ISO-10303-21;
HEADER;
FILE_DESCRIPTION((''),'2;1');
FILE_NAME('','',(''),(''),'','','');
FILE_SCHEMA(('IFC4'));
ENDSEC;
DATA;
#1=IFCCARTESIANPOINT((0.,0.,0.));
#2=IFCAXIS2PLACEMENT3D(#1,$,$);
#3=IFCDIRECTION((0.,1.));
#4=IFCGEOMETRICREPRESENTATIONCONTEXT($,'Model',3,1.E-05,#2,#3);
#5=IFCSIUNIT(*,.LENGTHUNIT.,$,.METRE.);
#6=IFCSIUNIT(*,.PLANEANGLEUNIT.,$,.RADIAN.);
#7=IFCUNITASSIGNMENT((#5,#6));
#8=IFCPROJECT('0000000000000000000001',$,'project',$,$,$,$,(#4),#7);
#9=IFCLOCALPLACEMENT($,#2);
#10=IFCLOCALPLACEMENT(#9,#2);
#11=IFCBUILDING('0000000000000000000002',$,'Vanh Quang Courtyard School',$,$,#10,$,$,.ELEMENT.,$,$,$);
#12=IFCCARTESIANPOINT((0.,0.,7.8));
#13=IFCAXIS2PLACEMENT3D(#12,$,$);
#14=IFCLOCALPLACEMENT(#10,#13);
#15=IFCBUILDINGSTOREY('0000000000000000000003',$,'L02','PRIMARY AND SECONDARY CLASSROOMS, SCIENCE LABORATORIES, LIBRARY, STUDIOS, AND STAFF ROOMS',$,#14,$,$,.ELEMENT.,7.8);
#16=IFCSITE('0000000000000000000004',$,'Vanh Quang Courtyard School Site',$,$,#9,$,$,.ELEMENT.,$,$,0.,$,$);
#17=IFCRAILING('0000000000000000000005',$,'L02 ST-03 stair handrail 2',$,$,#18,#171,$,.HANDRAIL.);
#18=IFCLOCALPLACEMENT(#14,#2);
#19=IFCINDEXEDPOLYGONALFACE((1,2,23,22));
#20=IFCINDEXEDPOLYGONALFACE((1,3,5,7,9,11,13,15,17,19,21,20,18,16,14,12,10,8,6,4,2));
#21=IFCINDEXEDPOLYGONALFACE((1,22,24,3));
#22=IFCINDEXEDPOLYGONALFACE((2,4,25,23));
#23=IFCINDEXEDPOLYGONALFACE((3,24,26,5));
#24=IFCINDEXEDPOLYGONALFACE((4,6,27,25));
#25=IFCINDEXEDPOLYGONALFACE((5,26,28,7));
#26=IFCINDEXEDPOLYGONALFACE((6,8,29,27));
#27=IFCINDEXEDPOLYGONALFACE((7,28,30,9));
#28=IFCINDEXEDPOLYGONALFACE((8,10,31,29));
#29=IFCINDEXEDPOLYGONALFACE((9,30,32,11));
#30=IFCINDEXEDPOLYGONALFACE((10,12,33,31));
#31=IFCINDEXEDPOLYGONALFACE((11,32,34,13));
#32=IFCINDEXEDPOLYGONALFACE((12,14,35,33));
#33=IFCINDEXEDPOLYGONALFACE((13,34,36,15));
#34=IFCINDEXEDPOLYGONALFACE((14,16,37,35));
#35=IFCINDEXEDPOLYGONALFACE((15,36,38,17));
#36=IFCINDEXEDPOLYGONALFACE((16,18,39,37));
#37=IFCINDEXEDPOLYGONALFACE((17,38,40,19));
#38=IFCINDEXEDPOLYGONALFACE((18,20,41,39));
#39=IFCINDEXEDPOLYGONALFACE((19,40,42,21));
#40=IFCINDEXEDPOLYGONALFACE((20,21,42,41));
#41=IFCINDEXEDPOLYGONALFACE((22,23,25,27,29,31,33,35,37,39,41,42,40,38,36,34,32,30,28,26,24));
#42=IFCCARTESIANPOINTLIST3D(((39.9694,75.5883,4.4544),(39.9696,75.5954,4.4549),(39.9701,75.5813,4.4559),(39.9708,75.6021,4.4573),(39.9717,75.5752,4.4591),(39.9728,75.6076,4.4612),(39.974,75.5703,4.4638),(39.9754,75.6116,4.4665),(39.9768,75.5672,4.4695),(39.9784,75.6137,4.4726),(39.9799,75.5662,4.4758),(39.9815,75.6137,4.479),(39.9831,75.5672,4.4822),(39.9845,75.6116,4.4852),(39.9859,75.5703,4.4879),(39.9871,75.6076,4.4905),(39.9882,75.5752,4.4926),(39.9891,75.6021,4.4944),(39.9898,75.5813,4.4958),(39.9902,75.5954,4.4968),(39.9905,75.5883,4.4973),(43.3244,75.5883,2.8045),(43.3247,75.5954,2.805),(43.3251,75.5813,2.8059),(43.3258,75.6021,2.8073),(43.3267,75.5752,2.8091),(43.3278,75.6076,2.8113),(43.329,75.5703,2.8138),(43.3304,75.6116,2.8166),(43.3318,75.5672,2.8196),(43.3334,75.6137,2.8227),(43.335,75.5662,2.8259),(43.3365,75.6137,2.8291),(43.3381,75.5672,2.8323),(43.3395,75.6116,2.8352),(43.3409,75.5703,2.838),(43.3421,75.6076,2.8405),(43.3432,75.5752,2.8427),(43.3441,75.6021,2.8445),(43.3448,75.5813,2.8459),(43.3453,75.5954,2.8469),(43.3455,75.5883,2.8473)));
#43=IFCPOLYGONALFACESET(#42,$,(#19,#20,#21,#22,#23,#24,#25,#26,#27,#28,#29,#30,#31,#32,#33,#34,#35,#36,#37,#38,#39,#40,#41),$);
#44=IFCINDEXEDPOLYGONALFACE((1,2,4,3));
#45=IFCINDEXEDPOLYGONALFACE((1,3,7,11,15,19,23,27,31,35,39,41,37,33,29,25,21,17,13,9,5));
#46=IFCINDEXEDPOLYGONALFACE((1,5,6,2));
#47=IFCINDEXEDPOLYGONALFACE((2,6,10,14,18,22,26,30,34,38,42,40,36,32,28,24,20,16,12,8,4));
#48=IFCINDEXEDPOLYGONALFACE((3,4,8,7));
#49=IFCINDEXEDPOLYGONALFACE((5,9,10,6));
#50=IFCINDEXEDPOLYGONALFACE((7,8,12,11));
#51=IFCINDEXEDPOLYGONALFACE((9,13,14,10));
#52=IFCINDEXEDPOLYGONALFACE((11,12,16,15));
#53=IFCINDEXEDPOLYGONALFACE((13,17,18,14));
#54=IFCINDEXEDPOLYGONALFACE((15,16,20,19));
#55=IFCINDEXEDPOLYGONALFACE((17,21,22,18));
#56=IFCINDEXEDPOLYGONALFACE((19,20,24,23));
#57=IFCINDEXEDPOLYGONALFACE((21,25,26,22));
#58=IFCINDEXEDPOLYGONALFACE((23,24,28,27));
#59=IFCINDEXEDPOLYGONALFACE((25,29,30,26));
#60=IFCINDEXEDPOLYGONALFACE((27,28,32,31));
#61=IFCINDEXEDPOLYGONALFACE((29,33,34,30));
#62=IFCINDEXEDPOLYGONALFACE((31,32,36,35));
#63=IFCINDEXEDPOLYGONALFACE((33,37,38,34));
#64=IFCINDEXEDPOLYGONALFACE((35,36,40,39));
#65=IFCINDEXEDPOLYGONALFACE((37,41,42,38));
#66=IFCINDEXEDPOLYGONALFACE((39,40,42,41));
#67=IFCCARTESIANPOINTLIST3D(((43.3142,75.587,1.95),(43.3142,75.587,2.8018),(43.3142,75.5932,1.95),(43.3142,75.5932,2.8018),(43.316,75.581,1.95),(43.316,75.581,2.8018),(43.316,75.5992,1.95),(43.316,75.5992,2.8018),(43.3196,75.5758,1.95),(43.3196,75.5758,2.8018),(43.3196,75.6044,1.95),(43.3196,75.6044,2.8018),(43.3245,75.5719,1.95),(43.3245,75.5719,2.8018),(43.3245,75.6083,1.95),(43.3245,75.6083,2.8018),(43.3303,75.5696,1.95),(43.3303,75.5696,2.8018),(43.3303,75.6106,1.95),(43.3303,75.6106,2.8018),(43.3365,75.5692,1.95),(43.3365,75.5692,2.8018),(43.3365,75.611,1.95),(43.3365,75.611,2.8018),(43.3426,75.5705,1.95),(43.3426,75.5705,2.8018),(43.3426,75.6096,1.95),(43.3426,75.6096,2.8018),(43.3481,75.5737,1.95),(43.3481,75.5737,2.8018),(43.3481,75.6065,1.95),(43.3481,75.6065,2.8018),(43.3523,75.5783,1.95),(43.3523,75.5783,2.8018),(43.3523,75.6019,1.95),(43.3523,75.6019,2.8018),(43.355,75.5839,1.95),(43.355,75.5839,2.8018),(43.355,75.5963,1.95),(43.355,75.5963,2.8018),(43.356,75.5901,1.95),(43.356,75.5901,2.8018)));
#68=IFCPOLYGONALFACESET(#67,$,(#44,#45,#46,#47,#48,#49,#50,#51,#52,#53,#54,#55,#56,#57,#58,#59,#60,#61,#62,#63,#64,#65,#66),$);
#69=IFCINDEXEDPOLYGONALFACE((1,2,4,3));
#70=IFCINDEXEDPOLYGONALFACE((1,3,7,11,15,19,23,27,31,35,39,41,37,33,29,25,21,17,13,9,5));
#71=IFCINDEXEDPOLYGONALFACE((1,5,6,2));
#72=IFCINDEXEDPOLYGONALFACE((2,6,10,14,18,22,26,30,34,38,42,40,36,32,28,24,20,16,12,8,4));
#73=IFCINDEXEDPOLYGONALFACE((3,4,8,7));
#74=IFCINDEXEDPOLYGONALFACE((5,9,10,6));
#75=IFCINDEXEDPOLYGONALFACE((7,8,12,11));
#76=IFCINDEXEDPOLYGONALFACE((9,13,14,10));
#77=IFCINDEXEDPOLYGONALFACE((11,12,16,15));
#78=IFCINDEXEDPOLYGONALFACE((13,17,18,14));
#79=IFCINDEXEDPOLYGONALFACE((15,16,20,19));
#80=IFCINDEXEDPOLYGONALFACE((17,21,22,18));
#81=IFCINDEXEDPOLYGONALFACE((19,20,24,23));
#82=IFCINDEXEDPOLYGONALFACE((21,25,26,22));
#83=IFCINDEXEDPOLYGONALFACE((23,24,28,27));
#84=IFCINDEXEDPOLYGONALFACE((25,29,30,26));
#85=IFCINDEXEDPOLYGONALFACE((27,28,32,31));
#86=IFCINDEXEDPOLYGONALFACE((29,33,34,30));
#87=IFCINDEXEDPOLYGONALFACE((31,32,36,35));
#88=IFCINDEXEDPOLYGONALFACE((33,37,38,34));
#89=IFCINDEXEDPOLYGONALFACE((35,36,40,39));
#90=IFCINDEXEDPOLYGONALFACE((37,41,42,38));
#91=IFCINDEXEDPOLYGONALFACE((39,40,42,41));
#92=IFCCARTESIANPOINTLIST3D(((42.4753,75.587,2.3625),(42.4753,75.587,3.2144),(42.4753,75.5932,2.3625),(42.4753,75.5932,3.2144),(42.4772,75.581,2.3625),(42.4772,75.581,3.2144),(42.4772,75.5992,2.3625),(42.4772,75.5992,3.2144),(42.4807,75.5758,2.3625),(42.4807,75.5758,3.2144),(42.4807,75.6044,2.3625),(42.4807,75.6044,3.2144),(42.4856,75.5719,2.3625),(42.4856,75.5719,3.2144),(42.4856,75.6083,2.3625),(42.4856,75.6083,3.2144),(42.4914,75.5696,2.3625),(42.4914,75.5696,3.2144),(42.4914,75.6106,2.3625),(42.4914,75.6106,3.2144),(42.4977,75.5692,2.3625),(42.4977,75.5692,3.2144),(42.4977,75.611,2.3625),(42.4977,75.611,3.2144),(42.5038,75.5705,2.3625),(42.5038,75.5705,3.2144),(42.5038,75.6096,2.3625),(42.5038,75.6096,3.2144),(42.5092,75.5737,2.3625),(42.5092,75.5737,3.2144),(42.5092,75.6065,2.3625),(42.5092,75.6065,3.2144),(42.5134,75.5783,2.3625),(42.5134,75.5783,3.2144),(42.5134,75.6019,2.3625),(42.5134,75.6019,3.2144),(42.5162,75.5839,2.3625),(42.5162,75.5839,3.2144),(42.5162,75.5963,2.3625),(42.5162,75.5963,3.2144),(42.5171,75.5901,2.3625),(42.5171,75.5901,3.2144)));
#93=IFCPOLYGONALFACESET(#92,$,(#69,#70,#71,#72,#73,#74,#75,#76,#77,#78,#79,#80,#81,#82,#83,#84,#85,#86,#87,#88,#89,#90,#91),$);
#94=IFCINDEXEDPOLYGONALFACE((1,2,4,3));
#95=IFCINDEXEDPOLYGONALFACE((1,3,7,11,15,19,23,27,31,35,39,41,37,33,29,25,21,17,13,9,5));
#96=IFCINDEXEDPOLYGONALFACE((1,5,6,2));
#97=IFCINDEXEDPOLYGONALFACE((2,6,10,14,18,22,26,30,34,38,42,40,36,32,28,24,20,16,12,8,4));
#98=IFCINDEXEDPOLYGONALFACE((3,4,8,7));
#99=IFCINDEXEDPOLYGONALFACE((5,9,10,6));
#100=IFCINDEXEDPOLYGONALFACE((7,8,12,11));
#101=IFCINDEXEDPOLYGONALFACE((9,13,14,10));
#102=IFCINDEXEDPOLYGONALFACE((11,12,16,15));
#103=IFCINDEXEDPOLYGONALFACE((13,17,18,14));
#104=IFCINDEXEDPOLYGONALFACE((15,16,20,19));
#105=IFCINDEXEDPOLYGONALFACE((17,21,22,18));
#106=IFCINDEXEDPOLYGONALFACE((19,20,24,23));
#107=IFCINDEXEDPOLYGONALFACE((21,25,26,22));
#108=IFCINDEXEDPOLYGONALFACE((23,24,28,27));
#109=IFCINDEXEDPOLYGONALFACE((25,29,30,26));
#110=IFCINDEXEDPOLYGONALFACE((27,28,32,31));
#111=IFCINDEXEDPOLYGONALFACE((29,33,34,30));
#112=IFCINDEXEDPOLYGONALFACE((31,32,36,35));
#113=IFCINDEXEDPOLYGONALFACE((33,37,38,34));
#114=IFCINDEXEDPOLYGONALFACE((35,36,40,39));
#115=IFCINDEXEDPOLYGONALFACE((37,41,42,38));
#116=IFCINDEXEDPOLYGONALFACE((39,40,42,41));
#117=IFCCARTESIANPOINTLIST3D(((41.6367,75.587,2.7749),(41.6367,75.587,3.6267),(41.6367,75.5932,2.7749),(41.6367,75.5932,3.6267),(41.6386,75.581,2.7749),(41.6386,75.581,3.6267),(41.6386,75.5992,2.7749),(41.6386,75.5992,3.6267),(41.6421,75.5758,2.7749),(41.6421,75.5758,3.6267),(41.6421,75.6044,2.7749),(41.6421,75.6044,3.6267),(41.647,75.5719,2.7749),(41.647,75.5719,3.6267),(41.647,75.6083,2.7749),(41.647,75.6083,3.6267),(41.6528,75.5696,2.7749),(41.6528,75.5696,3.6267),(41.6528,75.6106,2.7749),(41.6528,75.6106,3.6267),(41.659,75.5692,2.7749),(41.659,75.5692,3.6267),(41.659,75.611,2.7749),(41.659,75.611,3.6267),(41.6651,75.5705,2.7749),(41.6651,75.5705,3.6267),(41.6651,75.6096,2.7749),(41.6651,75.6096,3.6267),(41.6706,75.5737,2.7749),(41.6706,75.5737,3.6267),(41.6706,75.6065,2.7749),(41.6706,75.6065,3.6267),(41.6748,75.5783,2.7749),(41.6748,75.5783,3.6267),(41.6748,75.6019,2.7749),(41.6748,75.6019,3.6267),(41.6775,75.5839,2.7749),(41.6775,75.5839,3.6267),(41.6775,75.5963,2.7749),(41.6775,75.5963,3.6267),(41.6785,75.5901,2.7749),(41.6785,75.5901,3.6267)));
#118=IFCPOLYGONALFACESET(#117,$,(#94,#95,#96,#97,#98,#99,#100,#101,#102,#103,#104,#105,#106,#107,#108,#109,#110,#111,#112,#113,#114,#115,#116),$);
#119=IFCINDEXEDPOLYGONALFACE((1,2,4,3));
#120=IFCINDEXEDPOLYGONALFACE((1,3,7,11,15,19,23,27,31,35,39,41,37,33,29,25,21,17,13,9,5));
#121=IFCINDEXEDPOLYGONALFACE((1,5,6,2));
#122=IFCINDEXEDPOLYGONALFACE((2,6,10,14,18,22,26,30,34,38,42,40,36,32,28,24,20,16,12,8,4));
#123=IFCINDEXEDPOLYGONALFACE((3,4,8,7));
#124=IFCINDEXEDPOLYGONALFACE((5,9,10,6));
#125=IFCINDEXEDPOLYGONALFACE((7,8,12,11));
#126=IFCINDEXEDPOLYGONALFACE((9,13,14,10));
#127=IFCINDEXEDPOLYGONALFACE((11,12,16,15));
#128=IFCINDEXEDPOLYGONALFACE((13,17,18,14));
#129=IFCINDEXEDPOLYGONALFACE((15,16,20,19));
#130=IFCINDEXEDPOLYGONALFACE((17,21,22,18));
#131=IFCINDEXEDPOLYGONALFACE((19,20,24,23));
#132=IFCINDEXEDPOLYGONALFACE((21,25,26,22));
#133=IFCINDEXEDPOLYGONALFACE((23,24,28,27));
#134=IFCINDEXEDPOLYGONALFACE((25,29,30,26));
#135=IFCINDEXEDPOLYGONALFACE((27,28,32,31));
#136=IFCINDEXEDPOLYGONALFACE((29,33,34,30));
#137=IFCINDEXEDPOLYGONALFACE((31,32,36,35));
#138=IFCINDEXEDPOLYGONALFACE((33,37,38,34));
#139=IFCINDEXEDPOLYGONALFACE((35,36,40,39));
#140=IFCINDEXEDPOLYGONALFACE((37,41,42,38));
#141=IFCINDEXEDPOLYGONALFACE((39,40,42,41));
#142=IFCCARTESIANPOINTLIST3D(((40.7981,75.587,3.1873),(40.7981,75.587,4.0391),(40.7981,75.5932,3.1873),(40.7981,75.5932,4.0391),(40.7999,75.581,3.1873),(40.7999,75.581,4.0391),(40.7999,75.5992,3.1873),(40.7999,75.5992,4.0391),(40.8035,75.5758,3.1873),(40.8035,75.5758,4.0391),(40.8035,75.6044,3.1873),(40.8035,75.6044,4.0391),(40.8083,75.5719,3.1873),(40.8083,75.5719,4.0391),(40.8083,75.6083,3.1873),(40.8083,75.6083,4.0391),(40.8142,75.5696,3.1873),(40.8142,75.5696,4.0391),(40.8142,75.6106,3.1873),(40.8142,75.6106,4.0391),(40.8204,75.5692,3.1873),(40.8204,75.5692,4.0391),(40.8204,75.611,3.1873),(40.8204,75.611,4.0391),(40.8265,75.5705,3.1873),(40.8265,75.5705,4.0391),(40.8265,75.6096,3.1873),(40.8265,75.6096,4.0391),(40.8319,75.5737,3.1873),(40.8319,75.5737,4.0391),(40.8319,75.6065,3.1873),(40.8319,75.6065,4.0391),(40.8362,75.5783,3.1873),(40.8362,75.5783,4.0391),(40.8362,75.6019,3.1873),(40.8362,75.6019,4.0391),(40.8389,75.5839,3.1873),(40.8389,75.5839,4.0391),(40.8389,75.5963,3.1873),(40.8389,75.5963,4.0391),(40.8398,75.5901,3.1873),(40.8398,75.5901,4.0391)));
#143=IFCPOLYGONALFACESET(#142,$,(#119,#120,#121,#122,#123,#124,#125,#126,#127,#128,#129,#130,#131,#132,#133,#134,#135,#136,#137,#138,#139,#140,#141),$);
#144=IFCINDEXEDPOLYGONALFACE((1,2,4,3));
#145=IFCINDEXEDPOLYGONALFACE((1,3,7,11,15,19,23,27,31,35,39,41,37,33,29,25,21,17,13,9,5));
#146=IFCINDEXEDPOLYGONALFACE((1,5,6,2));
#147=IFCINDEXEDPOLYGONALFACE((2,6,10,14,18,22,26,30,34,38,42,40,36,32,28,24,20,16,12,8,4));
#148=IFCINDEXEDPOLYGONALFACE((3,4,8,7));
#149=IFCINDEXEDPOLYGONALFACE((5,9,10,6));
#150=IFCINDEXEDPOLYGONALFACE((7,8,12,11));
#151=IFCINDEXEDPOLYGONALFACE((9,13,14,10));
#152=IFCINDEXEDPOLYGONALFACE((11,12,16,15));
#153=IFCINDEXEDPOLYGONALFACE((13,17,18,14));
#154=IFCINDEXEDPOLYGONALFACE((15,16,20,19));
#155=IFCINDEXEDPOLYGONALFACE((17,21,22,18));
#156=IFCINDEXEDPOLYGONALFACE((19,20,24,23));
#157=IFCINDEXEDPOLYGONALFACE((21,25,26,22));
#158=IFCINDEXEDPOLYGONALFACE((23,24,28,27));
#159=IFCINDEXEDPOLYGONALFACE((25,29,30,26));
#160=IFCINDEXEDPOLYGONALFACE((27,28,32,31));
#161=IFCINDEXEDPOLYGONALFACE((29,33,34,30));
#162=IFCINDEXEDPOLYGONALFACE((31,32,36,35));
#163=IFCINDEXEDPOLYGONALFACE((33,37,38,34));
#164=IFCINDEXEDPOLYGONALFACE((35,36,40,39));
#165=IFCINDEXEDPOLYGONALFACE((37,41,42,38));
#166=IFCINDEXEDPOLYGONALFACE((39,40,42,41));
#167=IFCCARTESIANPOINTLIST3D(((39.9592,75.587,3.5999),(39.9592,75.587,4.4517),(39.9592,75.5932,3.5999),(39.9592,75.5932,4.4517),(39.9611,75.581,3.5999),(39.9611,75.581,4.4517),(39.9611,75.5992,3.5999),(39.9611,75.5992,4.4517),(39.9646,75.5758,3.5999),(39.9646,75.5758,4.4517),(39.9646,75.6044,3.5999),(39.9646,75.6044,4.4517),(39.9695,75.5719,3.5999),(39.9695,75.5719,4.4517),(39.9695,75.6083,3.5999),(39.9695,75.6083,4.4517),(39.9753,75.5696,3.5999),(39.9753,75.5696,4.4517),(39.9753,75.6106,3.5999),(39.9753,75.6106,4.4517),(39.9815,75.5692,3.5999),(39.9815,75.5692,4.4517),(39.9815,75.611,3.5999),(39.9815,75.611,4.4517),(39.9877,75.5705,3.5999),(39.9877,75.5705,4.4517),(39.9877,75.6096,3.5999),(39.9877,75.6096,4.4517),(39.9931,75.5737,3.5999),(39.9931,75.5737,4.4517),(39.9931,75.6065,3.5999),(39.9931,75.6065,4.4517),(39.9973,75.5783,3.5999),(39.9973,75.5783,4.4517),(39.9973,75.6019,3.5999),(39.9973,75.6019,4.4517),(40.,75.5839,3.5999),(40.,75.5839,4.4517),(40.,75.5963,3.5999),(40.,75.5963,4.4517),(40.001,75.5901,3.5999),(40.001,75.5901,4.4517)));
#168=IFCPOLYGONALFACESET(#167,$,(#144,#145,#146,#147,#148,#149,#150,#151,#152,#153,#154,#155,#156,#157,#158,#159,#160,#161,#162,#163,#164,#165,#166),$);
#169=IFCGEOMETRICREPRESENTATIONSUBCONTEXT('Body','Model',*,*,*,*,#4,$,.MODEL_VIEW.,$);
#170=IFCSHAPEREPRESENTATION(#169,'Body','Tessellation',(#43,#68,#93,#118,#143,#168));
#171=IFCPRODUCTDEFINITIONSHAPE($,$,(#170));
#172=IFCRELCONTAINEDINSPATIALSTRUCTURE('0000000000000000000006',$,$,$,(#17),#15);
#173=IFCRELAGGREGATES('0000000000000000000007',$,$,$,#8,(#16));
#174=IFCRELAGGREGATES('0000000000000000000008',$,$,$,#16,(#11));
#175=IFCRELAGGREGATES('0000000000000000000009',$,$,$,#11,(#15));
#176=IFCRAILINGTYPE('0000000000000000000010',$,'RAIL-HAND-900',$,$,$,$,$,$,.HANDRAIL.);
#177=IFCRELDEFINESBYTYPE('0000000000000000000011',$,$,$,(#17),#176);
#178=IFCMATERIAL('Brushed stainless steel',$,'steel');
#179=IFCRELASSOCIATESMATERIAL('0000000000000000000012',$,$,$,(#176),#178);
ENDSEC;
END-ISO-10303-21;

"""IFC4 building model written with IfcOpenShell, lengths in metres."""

from ifc_helpers import new_model, si_unit, direction, frame, origin, origin_2d, place, context, subcontext, project, spatial, circle, extrude, material, type_object, element, save


model = new_model("IFC4")

# Units and contexts
model_context = context("Model", 3, precision=1e-05, world=origin(), true_north=direction((0.0, 1.0)))
body_context = subcontext(model_context, "Body", "Model", "MODEL_VIEW")
ifc_project = project(units=[si_unit("LENGTHUNIT", "METRE"), si_unit("PLANEANGLEUNIT", "RADIAN")], contexts=[model_context])

# Site, building, storey
site_placement = place(None, origin())
site = spatial("IfcSite", under=ifc_project, at=site_placement, Name="Vanh Quang Courtyard School Site", CompositionType="ELEMENT", RefElevation=0.0)
building_placement = place(site_placement, origin())
building = spatial("IfcBuilding", under=site, at=building_placement, Name="Vanh Quang Courtyard School", CompositionType="ELEMENT")
storey_placement = place(building_placement, frame((0.0, 0.0, 7.8)))
storey = spatial("IfcBuildingStorey", under=building, at=storey_placement, Name="L02", Description="PRIMARY AND SECONDARY CLASSROOMS, SCIENCE LABORATORIES, LIBRARY, STUDIOS, AND STAFF ROOMS", CompositionType="ELEMENT", Elevation=7.8)

# Railing
ifc_material_1 = material(Name="Brushed stainless steel", Category="steel")
railing_type_1 = type_object("IfcRailingType", Name="RAIL-HAND-900", PredefinedType="HANDRAIL", material=ifc_material_1)
railing_1_placement = place(storey_placement, frame((43.335, 75.5901, 1.95)))
element("IfcRailing", 1, at=railing_1_placement, inside=storey, type_object=railing_type_1, Name="L02 ST-03 stair handrail 2", PredefinedType="HANDRAIL", context=body_context, shape_type="SweptSolid", body=[
    extrude(circle(Radius=0.0239, at=origin_2d()), frame((0.0, 0.0, 0.876), z_axis=(-0.897359, 0.0, 0.441301), x_axis=(0.0, -1.0, 0.0)), (0.0, 0.0, 1.0), 3.7388),
    extrude(circle(Radius=0.021, at=origin_2d()), origin(), (0.0, 0.0, 1.0), 0.8518),
    extrude(circle(Radius=0.021, at=origin_2d()), frame((-0.8389, 0.0, 0.4126)), (0.0, 0.0, 1.0), 0.8518),
    extrude(circle(Radius=0.021, at=origin_2d()), frame((-1.6775, 0.0, 0.825)), (0.0, 0.0, 1.0), 0.8518),
    extrude(circle(Radius=0.021, at=origin_2d()), frame((-2.5161, 0.0, 1.2373)), (0.0, 0.0, 1.0), 0.8518),
    extrude(circle(Radius=0.021, at=origin_2d()), frame((-3.355, 0.0, 1.6499)), (0.0, 0.0, 1.0), 0.8518),
])

save(model, "model.ifc")
